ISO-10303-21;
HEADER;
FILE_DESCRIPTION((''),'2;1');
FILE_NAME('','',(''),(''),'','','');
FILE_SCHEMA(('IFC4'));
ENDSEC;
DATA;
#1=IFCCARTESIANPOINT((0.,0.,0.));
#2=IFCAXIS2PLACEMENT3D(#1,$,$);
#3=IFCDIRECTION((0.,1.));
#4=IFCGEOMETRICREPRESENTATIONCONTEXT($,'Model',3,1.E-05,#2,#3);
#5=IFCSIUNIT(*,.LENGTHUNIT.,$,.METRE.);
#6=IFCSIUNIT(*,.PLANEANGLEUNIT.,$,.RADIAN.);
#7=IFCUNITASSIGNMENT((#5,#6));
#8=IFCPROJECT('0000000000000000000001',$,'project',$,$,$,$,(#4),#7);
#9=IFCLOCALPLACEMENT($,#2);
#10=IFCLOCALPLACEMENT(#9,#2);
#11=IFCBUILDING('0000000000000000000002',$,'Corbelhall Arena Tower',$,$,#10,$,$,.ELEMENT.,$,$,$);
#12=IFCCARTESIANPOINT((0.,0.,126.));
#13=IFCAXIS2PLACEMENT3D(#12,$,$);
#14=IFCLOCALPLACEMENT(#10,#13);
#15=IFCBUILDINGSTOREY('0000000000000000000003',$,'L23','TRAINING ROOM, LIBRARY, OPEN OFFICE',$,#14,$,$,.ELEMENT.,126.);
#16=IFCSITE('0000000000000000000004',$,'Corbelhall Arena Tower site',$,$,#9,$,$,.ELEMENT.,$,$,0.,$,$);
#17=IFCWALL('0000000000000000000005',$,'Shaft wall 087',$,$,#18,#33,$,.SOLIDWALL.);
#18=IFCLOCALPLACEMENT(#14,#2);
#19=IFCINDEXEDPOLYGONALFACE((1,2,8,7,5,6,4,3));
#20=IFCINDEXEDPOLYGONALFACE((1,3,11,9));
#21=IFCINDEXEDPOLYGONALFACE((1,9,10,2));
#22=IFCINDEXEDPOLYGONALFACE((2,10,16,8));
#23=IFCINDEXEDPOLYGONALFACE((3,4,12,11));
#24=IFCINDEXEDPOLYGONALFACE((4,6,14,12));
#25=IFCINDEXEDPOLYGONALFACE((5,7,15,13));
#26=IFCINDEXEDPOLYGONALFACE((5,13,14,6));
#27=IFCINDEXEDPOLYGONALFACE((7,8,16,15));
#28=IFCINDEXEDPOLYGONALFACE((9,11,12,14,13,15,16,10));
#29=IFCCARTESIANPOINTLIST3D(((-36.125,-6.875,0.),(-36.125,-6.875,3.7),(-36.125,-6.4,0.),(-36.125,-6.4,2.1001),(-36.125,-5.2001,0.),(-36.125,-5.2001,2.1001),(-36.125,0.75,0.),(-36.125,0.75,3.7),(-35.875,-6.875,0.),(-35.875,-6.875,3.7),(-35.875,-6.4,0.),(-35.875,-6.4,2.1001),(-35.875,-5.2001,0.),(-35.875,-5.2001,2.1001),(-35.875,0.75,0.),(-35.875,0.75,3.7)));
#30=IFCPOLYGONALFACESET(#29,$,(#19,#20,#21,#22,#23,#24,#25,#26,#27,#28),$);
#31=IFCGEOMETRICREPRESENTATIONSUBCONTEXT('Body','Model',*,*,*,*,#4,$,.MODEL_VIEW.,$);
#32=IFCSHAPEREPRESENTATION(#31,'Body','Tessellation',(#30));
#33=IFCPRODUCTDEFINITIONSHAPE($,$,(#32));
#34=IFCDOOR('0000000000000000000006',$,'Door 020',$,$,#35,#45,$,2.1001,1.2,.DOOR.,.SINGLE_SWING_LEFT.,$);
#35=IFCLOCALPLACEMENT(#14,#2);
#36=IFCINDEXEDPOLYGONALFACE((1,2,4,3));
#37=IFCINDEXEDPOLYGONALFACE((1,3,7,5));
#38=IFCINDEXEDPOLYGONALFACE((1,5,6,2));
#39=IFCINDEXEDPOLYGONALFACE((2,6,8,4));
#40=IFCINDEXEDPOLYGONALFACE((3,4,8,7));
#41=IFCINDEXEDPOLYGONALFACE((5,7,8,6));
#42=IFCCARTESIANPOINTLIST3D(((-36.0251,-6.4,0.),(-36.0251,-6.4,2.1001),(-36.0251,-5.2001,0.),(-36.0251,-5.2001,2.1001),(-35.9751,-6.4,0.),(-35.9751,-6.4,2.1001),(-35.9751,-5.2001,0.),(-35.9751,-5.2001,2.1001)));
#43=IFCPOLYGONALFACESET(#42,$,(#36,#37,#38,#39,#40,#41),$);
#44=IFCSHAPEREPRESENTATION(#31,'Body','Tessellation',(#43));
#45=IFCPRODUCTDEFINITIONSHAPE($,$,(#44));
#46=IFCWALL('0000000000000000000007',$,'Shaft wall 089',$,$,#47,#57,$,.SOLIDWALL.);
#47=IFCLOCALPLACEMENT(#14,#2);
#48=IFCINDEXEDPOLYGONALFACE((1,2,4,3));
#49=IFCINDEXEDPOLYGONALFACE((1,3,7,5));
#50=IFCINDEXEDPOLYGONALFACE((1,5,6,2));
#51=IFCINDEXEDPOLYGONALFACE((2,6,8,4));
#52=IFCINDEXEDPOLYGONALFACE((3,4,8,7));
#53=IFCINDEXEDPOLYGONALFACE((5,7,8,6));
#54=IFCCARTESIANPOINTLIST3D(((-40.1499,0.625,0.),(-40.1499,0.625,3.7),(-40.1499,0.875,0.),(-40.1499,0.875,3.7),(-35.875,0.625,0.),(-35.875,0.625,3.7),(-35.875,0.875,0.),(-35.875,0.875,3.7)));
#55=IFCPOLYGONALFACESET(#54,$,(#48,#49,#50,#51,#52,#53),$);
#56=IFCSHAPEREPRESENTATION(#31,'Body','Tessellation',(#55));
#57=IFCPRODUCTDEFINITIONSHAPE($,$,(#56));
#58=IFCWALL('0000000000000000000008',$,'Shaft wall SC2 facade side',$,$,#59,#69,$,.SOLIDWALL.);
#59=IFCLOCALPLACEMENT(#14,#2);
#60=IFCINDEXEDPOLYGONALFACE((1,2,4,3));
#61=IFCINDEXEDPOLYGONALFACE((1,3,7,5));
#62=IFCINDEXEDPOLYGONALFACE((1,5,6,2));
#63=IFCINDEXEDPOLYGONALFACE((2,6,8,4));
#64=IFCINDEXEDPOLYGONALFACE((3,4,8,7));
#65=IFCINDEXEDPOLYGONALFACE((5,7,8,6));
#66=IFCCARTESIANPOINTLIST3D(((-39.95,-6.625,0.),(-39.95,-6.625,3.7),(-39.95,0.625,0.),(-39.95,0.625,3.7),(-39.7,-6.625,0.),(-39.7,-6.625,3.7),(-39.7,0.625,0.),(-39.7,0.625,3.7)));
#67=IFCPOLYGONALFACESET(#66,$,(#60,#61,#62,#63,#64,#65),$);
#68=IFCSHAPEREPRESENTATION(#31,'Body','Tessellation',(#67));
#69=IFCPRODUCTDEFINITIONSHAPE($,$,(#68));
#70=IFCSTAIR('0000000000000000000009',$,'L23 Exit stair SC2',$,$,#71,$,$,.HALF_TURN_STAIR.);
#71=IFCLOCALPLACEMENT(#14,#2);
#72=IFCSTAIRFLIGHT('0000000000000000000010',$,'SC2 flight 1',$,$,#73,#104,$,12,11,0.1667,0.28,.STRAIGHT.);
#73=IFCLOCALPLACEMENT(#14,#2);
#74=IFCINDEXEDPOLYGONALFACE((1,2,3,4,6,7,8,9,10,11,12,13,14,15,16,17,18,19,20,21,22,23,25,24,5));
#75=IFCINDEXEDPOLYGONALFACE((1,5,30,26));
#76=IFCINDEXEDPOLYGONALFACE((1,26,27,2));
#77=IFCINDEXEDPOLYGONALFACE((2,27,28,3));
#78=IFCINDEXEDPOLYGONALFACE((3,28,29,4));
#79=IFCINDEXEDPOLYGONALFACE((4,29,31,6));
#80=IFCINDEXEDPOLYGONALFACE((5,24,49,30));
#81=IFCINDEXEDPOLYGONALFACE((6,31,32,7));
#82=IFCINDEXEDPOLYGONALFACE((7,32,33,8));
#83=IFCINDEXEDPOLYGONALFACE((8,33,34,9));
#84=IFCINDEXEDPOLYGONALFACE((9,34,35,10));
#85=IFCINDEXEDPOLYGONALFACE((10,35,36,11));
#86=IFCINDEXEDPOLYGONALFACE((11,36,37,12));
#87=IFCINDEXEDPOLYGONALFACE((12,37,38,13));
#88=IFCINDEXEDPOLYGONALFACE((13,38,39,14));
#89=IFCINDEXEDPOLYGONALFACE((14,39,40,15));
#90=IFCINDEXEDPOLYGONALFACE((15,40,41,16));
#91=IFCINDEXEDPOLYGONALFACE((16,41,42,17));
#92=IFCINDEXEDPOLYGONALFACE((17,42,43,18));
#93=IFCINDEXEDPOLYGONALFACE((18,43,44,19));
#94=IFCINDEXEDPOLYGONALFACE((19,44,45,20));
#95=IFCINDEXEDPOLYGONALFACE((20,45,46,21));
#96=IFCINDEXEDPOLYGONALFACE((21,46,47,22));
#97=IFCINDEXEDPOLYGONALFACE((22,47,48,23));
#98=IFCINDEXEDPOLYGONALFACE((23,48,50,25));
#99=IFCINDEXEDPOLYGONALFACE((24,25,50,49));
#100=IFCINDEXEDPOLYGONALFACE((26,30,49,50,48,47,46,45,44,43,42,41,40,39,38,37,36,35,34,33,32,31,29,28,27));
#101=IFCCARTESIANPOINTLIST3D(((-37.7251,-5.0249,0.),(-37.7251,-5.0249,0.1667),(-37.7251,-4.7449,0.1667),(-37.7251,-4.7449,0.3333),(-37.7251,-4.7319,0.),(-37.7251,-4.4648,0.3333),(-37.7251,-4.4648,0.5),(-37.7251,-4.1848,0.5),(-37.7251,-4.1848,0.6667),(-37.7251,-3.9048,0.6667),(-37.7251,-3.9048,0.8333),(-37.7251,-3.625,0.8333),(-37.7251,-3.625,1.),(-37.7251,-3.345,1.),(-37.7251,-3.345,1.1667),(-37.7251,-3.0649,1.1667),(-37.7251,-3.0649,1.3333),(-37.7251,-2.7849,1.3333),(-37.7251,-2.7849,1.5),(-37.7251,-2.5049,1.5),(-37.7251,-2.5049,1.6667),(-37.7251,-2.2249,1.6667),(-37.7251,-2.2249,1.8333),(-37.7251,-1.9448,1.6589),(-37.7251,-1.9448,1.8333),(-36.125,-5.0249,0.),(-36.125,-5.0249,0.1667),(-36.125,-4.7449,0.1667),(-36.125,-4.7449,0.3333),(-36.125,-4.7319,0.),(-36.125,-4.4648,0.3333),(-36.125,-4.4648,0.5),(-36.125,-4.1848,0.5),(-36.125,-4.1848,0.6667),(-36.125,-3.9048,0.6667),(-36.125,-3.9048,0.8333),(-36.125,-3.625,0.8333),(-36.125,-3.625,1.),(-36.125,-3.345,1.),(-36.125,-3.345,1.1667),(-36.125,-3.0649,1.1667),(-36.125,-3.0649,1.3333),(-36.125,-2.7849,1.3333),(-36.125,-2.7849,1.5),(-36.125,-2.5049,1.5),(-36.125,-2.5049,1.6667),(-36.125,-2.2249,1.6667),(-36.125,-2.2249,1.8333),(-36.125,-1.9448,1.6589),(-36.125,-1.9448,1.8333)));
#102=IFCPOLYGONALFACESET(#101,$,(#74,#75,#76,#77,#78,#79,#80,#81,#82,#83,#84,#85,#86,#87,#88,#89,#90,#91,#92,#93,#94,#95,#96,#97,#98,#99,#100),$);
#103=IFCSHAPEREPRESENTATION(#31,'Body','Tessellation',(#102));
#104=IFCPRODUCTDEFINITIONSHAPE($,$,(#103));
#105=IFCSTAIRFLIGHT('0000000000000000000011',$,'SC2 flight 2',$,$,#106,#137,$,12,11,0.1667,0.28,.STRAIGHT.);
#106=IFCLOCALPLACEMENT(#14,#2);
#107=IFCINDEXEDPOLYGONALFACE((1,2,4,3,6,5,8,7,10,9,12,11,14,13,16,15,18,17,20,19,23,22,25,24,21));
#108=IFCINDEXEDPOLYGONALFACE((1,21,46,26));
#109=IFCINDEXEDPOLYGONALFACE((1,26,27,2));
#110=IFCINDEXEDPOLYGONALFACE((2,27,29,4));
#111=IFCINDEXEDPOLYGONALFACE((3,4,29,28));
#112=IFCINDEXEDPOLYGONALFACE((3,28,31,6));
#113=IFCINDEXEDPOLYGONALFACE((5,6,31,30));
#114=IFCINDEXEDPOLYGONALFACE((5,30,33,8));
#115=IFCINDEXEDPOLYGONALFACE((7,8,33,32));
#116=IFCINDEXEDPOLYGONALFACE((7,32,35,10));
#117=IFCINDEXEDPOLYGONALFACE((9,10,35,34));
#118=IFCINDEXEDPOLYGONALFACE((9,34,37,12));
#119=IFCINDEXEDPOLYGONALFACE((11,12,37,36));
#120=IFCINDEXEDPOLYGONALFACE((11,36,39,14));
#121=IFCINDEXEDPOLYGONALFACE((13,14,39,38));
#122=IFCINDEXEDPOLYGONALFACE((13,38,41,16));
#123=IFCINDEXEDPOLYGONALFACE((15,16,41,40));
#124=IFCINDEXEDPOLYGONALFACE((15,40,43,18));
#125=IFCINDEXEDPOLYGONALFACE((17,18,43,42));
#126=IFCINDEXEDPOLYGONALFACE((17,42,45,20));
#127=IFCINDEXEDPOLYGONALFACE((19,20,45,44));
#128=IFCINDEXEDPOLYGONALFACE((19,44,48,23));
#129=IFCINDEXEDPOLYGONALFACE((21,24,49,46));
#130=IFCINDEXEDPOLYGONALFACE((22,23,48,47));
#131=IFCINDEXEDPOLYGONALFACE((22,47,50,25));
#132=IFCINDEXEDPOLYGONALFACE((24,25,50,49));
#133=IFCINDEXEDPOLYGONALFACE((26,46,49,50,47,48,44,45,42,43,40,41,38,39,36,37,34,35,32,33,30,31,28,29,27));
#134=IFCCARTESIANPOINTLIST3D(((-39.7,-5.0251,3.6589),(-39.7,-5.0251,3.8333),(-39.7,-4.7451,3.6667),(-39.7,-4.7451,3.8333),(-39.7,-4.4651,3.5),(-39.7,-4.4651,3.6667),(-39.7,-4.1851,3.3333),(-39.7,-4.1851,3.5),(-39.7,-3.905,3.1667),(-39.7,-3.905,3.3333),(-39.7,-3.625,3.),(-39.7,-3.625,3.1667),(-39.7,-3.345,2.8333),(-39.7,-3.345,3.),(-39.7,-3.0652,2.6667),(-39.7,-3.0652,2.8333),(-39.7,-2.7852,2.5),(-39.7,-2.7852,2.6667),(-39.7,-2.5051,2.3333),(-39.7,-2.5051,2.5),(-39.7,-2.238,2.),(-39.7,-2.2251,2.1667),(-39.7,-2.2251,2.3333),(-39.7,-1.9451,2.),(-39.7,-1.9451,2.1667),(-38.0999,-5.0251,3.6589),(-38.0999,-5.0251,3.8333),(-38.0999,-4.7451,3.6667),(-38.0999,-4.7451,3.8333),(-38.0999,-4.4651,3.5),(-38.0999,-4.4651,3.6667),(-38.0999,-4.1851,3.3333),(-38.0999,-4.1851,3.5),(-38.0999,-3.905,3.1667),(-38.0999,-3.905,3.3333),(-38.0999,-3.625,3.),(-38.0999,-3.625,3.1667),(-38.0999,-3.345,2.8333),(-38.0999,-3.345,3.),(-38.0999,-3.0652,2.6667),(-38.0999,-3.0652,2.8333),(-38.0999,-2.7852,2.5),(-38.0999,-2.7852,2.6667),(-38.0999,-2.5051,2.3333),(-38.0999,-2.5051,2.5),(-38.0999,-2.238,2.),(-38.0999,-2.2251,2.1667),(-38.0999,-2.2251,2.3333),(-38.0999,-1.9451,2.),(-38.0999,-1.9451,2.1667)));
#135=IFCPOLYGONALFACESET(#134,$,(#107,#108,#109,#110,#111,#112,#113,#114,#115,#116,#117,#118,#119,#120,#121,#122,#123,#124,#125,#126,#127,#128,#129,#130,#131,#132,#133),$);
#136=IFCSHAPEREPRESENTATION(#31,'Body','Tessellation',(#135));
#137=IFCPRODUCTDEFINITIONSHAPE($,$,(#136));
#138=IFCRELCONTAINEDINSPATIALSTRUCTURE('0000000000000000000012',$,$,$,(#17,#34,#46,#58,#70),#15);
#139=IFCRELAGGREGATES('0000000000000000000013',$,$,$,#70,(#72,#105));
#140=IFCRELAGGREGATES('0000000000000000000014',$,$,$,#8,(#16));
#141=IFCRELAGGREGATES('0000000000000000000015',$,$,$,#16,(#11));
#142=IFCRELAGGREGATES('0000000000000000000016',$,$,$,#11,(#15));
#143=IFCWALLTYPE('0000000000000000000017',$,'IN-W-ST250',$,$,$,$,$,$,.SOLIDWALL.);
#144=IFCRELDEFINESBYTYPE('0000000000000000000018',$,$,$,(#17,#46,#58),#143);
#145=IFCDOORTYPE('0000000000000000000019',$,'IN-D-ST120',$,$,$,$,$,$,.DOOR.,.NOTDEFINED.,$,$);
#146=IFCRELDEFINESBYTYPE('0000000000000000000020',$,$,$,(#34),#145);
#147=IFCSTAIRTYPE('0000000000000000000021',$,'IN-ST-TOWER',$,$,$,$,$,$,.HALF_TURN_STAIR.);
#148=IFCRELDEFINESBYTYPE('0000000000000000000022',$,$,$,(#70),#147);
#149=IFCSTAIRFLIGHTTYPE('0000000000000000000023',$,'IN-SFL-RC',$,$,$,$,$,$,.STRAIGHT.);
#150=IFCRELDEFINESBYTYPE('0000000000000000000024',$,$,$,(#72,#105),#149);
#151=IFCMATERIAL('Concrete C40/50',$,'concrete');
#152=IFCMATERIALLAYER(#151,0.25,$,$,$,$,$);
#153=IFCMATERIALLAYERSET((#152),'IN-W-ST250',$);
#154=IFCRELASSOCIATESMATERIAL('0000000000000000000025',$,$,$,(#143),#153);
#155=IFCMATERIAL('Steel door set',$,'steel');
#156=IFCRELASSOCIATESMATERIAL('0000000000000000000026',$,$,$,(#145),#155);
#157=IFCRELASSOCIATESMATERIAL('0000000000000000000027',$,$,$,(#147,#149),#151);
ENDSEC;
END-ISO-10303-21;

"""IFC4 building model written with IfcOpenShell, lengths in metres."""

from ifc_helpers import new_model, si_unit, direction, frame, frame_2d, origin, place, context, subcontext, project, spatial, polyline, rectangle, outline, extrude, material, layer, layer_set, type_object, element, fill, aggregate, save


model = new_model("IFC4")

# Units and contexts
model_context = context("Model", 3, precision=1e-05, world=origin(), true_north=direction((0.0, 1.0)))
body_context = subcontext(model_context, "Body", "Model", "MODEL_VIEW")
ifc_project = project(units=[si_unit("LENGTHUNIT", "METRE"), si_unit("PLANEANGLEUNIT", "RADIAN")], contexts=[model_context])

# Site, building, storey
site_placement = place(None, origin())
site = spatial("IfcSite", under=ifc_project, at=site_placement, Name="Corbelhall Arena Tower site", CompositionType="ELEMENT", RefElevation=0.0)
building_placement = place(site_placement, origin())
building = spatial("IfcBuilding", under=site, at=building_placement, Name="Corbelhall Arena Tower", CompositionType="ELEMENT")
storey_placement = place(building_placement, frame((0.0, 0.0, 126.0)))
storey = spatial("IfcBuildingStorey", under=building, at=storey_placement, Name="L23", Description="TRAINING ROOM, LIBRARY, OPEN OFFICE", CompositionType="ELEMENT", Elevation=126.0)

# Shared definitions
ifc_material_1 = material(Name="Steel door set", Category="steel")

# Shared definitions
ifc_material_2 = material(Name="Concrete C40/50", Category="concrete")
ifc_layer_1 = layer(ifc_material_2, 0.25)
ifc_layer_set_1 = layer_set([ifc_layer_1], Name="IN-W-ST250")
wall_type_1 = type_object("IfcWallType", Name="IN-W-ST250", PredefinedType="SOLIDWALL", material=ifc_layer_set_1)

# Wall, opening, door
wall_1_placement = place(storey_placement, frame((-36.0, 0.75, 0.0), z_axis=(0.0, 0.0, 1.0), x_axis=(0.0, -1.0, 0.0)))
wall_1 = element("IfcWall", 1, at=wall_1_placement, inside=storey, type_object=wall_type_1, Name="Shaft wall 087", PredefinedType="SOLIDWALL", context=body_context, shape_type="SweptSolid", body=[
    extrude(rectangle(XDim=7.625, YDim=0.25, at=frame_2d((3.8125, 0.0))), origin(), (0.0, 0.0, 1.0), 3.7),
])
opening_1_placement = place(wall_1_placement, frame((5.95, 0.0, 0.0)))
opening_1 = element("IfcOpeningElement", 2, at=opening_1_placement, cuts=wall_1, PredefinedType="OPENING", context=body_context, shape_type="SweptSolid", body=[
    extrude(rectangle(XDim=1.2, YDim=2.1001, at=frame_2d((0.6001, 1.05))), frame((0.0, 0.125, 0.0), z_axis=(0.0, -1.0, 0.0), x_axis=(1.0, 0.0, 0.0)), (0.0, 0.0, 1.0), 0.25),
])
door_type_1 = type_object("IfcDoorType", Name="IN-D-ST120", OperationType="NOTDEFINED", PredefinedType="DOOR", material=ifc_material_1)
door_1_placement = place(opening_1_placement, origin())
door_1 = element("IfcDoor", 3, at=door_1_placement, inside=storey, type_object=door_type_1, Name="Door 020", OperationType="SINGLE_SWING_LEFT", OverallHeight=2.1001, OverallWidth=1.2, PredefinedType="DOOR", context=body_context, shape_type="SweptSolid", body=[
    extrude(rectangle(XDim=1.2, YDim=2.1001, at=frame_2d((0.6001, 1.05))), frame((0.0, 0.0249, 0.0), z_axis=(0.0, -1.0, 0.0), x_axis=(1.0, 0.0, 0.0)), (0.0, 0.0, 1.0), 0.05),
])
fill(opening_1, door_1)

# Walls
wall_2_placement = place(storey_placement, frame((-35.875, 0.75, 0.0), z_axis=(0.0, 0.0, 1.0), x_axis=(-1.0, 0.0, 0.0)))
element("IfcWall", 4, at=wall_2_placement, inside=storey, type_object=wall_type_1, Name="Shaft wall 089", PredefinedType="SOLIDWALL", context=body_context, shape_type="SweptSolid", body=[
    extrude(rectangle(XDim=4.2749, YDim=0.25, at=frame_2d((2.1375, 0.0))), origin(), (0.0, 0.0, 1.0), 3.7),
])
wall_3_placement = place(storey_placement, frame((-39.825, -6.625, 0.0), z_axis=(0.0, 0.0, 1.0), x_axis=(0.0, 1.0, 0.0)))
element("IfcWall", 5, at=wall_3_placement, inside=storey, type_object=wall_type_1, Name="Shaft wall SC2 facade side", PredefinedType="SOLIDWALL", context=body_context, shape_type="SweptSolid", body=[
    extrude(rectangle(XDim=7.25, YDim=0.25, at=frame_2d((3.625, 0.0))), origin(), (0.0, 0.0, 1.0), 3.7),
])

# Stair, stair flights
stair_type = type_object("IfcStairType", Name="IN-ST-TOWER", PredefinedType="HALF_TURN_STAIR", material=ifc_material_2)
stair_placement = place(storey_placement, origin())
stair = element("IfcStair", 6, at=stair_placement, inside=storey, type_object=stair_type, Name="L23 Exit stair SC2", PredefinedType="HALF_TURN_STAIR")
stair_flight_type = type_object("IfcStairFlightType", Name="IN-SFL-RC", PredefinedType="STRAIGHT", material=ifc_material_2)
stair_flight_1_placement = place(storey_placement, frame((-36.925, -5.0249, 0.0), z_axis=(0.0, 0.0, 1.0), x_axis=(0.0, 1.0, 0.0)))
stair_flight_1 = element("IfcStairFlight", 7, at=stair_flight_1_placement, type_object=stair_flight_type, Name="SC2 flight 1", NumberOfRisers=12, NumberOfTreads=11, PredefinedType="STRAIGHT", RiserHeight=0.1667, TreadLength=0.28, context=body_context, shape_type="SweptSolid", body=[
    extrude(outline(polyline([(0.0, 0.0), (0.0, 0.1667), (0.28, 0.1667), (0.28, 0.3333), (0.5601, 0.3333), (0.5601, 0.5), (0.8401, 0.5), (0.8401, 0.6667), (1.1201, 0.6667), (1.1201, 0.8333), (1.3999, 0.8333), (1.3999, 1.0), (1.6799, 1.0), (1.6799, 1.1667), (1.96, 1.1667), (1.96, 1.3333), (2.24, 1.3333), (2.24, 1.5), (2.52, 1.5), (2.52, 1.6667), (2.8, 1.6667), (2.8, 1.8333), (3.0801, 1.8333), (3.0801, 2.0), (3.0801, 1.6589), (0.293, 0.0), (0.0, 0.0)])), frame((0.0, 0.8, 0.0), z_axis=(0.0, -1.0, 0.0), x_axis=(1.0, 0.0, 0.0)), (0.0, 0.0, 1.0), 1.6001),
])
stair_flight_2_placement = place(storey_placement, frame((-38.8999, -1.9451, 2.0), z_axis=(0.0, 0.0, 1.0), x_axis=(0.0, -1.0, 0.0)))
stair_flight_2 = element("IfcStairFlight", 8, at=stair_flight_2_placement, type_object=stair_flight_type, Name="SC2 flight 2", NumberOfRisers=12, NumberOfTreads=11, PredefinedType="STRAIGHT", RiserHeight=0.1667, TreadLength=0.28, context=body_context, shape_type="SweptSolid", body=[
    extrude(outline(polyline([(0.0, 0.0), (0.0, 0.1667), (0.28, 0.1667), (0.28, 0.3333), (0.5601, 0.3333), (0.5601, 0.5), (0.8401, 0.5), (0.8401, 0.6667), (1.1201, 0.6667), (1.1201, 0.8333), (1.3999, 0.8333), (1.3999, 1.0), (1.6799, 1.0), (1.6799, 1.1667), (1.96, 1.1667), (1.96, 1.3333), (2.24, 1.3333), (2.24, 1.5), (2.52, 1.5), (2.52, 1.6667), (2.8, 1.6667), (2.8, 1.8333), (3.0801, 1.8333), (3.0801, 2.0), (3.0801, 1.6589), (0.293, 0.0), (0.0, 0.0)])), frame((0.0, 0.8, 0.0), z_axis=(0.0, -1.0, 0.0), x_axis=(1.0, 0.0, 0.0)), (0.0, 0.0, 1.0), 1.6001),
])
aggregate(stair, [stair_flight_1, stair_flight_2])

save(model, "model.ifc")
